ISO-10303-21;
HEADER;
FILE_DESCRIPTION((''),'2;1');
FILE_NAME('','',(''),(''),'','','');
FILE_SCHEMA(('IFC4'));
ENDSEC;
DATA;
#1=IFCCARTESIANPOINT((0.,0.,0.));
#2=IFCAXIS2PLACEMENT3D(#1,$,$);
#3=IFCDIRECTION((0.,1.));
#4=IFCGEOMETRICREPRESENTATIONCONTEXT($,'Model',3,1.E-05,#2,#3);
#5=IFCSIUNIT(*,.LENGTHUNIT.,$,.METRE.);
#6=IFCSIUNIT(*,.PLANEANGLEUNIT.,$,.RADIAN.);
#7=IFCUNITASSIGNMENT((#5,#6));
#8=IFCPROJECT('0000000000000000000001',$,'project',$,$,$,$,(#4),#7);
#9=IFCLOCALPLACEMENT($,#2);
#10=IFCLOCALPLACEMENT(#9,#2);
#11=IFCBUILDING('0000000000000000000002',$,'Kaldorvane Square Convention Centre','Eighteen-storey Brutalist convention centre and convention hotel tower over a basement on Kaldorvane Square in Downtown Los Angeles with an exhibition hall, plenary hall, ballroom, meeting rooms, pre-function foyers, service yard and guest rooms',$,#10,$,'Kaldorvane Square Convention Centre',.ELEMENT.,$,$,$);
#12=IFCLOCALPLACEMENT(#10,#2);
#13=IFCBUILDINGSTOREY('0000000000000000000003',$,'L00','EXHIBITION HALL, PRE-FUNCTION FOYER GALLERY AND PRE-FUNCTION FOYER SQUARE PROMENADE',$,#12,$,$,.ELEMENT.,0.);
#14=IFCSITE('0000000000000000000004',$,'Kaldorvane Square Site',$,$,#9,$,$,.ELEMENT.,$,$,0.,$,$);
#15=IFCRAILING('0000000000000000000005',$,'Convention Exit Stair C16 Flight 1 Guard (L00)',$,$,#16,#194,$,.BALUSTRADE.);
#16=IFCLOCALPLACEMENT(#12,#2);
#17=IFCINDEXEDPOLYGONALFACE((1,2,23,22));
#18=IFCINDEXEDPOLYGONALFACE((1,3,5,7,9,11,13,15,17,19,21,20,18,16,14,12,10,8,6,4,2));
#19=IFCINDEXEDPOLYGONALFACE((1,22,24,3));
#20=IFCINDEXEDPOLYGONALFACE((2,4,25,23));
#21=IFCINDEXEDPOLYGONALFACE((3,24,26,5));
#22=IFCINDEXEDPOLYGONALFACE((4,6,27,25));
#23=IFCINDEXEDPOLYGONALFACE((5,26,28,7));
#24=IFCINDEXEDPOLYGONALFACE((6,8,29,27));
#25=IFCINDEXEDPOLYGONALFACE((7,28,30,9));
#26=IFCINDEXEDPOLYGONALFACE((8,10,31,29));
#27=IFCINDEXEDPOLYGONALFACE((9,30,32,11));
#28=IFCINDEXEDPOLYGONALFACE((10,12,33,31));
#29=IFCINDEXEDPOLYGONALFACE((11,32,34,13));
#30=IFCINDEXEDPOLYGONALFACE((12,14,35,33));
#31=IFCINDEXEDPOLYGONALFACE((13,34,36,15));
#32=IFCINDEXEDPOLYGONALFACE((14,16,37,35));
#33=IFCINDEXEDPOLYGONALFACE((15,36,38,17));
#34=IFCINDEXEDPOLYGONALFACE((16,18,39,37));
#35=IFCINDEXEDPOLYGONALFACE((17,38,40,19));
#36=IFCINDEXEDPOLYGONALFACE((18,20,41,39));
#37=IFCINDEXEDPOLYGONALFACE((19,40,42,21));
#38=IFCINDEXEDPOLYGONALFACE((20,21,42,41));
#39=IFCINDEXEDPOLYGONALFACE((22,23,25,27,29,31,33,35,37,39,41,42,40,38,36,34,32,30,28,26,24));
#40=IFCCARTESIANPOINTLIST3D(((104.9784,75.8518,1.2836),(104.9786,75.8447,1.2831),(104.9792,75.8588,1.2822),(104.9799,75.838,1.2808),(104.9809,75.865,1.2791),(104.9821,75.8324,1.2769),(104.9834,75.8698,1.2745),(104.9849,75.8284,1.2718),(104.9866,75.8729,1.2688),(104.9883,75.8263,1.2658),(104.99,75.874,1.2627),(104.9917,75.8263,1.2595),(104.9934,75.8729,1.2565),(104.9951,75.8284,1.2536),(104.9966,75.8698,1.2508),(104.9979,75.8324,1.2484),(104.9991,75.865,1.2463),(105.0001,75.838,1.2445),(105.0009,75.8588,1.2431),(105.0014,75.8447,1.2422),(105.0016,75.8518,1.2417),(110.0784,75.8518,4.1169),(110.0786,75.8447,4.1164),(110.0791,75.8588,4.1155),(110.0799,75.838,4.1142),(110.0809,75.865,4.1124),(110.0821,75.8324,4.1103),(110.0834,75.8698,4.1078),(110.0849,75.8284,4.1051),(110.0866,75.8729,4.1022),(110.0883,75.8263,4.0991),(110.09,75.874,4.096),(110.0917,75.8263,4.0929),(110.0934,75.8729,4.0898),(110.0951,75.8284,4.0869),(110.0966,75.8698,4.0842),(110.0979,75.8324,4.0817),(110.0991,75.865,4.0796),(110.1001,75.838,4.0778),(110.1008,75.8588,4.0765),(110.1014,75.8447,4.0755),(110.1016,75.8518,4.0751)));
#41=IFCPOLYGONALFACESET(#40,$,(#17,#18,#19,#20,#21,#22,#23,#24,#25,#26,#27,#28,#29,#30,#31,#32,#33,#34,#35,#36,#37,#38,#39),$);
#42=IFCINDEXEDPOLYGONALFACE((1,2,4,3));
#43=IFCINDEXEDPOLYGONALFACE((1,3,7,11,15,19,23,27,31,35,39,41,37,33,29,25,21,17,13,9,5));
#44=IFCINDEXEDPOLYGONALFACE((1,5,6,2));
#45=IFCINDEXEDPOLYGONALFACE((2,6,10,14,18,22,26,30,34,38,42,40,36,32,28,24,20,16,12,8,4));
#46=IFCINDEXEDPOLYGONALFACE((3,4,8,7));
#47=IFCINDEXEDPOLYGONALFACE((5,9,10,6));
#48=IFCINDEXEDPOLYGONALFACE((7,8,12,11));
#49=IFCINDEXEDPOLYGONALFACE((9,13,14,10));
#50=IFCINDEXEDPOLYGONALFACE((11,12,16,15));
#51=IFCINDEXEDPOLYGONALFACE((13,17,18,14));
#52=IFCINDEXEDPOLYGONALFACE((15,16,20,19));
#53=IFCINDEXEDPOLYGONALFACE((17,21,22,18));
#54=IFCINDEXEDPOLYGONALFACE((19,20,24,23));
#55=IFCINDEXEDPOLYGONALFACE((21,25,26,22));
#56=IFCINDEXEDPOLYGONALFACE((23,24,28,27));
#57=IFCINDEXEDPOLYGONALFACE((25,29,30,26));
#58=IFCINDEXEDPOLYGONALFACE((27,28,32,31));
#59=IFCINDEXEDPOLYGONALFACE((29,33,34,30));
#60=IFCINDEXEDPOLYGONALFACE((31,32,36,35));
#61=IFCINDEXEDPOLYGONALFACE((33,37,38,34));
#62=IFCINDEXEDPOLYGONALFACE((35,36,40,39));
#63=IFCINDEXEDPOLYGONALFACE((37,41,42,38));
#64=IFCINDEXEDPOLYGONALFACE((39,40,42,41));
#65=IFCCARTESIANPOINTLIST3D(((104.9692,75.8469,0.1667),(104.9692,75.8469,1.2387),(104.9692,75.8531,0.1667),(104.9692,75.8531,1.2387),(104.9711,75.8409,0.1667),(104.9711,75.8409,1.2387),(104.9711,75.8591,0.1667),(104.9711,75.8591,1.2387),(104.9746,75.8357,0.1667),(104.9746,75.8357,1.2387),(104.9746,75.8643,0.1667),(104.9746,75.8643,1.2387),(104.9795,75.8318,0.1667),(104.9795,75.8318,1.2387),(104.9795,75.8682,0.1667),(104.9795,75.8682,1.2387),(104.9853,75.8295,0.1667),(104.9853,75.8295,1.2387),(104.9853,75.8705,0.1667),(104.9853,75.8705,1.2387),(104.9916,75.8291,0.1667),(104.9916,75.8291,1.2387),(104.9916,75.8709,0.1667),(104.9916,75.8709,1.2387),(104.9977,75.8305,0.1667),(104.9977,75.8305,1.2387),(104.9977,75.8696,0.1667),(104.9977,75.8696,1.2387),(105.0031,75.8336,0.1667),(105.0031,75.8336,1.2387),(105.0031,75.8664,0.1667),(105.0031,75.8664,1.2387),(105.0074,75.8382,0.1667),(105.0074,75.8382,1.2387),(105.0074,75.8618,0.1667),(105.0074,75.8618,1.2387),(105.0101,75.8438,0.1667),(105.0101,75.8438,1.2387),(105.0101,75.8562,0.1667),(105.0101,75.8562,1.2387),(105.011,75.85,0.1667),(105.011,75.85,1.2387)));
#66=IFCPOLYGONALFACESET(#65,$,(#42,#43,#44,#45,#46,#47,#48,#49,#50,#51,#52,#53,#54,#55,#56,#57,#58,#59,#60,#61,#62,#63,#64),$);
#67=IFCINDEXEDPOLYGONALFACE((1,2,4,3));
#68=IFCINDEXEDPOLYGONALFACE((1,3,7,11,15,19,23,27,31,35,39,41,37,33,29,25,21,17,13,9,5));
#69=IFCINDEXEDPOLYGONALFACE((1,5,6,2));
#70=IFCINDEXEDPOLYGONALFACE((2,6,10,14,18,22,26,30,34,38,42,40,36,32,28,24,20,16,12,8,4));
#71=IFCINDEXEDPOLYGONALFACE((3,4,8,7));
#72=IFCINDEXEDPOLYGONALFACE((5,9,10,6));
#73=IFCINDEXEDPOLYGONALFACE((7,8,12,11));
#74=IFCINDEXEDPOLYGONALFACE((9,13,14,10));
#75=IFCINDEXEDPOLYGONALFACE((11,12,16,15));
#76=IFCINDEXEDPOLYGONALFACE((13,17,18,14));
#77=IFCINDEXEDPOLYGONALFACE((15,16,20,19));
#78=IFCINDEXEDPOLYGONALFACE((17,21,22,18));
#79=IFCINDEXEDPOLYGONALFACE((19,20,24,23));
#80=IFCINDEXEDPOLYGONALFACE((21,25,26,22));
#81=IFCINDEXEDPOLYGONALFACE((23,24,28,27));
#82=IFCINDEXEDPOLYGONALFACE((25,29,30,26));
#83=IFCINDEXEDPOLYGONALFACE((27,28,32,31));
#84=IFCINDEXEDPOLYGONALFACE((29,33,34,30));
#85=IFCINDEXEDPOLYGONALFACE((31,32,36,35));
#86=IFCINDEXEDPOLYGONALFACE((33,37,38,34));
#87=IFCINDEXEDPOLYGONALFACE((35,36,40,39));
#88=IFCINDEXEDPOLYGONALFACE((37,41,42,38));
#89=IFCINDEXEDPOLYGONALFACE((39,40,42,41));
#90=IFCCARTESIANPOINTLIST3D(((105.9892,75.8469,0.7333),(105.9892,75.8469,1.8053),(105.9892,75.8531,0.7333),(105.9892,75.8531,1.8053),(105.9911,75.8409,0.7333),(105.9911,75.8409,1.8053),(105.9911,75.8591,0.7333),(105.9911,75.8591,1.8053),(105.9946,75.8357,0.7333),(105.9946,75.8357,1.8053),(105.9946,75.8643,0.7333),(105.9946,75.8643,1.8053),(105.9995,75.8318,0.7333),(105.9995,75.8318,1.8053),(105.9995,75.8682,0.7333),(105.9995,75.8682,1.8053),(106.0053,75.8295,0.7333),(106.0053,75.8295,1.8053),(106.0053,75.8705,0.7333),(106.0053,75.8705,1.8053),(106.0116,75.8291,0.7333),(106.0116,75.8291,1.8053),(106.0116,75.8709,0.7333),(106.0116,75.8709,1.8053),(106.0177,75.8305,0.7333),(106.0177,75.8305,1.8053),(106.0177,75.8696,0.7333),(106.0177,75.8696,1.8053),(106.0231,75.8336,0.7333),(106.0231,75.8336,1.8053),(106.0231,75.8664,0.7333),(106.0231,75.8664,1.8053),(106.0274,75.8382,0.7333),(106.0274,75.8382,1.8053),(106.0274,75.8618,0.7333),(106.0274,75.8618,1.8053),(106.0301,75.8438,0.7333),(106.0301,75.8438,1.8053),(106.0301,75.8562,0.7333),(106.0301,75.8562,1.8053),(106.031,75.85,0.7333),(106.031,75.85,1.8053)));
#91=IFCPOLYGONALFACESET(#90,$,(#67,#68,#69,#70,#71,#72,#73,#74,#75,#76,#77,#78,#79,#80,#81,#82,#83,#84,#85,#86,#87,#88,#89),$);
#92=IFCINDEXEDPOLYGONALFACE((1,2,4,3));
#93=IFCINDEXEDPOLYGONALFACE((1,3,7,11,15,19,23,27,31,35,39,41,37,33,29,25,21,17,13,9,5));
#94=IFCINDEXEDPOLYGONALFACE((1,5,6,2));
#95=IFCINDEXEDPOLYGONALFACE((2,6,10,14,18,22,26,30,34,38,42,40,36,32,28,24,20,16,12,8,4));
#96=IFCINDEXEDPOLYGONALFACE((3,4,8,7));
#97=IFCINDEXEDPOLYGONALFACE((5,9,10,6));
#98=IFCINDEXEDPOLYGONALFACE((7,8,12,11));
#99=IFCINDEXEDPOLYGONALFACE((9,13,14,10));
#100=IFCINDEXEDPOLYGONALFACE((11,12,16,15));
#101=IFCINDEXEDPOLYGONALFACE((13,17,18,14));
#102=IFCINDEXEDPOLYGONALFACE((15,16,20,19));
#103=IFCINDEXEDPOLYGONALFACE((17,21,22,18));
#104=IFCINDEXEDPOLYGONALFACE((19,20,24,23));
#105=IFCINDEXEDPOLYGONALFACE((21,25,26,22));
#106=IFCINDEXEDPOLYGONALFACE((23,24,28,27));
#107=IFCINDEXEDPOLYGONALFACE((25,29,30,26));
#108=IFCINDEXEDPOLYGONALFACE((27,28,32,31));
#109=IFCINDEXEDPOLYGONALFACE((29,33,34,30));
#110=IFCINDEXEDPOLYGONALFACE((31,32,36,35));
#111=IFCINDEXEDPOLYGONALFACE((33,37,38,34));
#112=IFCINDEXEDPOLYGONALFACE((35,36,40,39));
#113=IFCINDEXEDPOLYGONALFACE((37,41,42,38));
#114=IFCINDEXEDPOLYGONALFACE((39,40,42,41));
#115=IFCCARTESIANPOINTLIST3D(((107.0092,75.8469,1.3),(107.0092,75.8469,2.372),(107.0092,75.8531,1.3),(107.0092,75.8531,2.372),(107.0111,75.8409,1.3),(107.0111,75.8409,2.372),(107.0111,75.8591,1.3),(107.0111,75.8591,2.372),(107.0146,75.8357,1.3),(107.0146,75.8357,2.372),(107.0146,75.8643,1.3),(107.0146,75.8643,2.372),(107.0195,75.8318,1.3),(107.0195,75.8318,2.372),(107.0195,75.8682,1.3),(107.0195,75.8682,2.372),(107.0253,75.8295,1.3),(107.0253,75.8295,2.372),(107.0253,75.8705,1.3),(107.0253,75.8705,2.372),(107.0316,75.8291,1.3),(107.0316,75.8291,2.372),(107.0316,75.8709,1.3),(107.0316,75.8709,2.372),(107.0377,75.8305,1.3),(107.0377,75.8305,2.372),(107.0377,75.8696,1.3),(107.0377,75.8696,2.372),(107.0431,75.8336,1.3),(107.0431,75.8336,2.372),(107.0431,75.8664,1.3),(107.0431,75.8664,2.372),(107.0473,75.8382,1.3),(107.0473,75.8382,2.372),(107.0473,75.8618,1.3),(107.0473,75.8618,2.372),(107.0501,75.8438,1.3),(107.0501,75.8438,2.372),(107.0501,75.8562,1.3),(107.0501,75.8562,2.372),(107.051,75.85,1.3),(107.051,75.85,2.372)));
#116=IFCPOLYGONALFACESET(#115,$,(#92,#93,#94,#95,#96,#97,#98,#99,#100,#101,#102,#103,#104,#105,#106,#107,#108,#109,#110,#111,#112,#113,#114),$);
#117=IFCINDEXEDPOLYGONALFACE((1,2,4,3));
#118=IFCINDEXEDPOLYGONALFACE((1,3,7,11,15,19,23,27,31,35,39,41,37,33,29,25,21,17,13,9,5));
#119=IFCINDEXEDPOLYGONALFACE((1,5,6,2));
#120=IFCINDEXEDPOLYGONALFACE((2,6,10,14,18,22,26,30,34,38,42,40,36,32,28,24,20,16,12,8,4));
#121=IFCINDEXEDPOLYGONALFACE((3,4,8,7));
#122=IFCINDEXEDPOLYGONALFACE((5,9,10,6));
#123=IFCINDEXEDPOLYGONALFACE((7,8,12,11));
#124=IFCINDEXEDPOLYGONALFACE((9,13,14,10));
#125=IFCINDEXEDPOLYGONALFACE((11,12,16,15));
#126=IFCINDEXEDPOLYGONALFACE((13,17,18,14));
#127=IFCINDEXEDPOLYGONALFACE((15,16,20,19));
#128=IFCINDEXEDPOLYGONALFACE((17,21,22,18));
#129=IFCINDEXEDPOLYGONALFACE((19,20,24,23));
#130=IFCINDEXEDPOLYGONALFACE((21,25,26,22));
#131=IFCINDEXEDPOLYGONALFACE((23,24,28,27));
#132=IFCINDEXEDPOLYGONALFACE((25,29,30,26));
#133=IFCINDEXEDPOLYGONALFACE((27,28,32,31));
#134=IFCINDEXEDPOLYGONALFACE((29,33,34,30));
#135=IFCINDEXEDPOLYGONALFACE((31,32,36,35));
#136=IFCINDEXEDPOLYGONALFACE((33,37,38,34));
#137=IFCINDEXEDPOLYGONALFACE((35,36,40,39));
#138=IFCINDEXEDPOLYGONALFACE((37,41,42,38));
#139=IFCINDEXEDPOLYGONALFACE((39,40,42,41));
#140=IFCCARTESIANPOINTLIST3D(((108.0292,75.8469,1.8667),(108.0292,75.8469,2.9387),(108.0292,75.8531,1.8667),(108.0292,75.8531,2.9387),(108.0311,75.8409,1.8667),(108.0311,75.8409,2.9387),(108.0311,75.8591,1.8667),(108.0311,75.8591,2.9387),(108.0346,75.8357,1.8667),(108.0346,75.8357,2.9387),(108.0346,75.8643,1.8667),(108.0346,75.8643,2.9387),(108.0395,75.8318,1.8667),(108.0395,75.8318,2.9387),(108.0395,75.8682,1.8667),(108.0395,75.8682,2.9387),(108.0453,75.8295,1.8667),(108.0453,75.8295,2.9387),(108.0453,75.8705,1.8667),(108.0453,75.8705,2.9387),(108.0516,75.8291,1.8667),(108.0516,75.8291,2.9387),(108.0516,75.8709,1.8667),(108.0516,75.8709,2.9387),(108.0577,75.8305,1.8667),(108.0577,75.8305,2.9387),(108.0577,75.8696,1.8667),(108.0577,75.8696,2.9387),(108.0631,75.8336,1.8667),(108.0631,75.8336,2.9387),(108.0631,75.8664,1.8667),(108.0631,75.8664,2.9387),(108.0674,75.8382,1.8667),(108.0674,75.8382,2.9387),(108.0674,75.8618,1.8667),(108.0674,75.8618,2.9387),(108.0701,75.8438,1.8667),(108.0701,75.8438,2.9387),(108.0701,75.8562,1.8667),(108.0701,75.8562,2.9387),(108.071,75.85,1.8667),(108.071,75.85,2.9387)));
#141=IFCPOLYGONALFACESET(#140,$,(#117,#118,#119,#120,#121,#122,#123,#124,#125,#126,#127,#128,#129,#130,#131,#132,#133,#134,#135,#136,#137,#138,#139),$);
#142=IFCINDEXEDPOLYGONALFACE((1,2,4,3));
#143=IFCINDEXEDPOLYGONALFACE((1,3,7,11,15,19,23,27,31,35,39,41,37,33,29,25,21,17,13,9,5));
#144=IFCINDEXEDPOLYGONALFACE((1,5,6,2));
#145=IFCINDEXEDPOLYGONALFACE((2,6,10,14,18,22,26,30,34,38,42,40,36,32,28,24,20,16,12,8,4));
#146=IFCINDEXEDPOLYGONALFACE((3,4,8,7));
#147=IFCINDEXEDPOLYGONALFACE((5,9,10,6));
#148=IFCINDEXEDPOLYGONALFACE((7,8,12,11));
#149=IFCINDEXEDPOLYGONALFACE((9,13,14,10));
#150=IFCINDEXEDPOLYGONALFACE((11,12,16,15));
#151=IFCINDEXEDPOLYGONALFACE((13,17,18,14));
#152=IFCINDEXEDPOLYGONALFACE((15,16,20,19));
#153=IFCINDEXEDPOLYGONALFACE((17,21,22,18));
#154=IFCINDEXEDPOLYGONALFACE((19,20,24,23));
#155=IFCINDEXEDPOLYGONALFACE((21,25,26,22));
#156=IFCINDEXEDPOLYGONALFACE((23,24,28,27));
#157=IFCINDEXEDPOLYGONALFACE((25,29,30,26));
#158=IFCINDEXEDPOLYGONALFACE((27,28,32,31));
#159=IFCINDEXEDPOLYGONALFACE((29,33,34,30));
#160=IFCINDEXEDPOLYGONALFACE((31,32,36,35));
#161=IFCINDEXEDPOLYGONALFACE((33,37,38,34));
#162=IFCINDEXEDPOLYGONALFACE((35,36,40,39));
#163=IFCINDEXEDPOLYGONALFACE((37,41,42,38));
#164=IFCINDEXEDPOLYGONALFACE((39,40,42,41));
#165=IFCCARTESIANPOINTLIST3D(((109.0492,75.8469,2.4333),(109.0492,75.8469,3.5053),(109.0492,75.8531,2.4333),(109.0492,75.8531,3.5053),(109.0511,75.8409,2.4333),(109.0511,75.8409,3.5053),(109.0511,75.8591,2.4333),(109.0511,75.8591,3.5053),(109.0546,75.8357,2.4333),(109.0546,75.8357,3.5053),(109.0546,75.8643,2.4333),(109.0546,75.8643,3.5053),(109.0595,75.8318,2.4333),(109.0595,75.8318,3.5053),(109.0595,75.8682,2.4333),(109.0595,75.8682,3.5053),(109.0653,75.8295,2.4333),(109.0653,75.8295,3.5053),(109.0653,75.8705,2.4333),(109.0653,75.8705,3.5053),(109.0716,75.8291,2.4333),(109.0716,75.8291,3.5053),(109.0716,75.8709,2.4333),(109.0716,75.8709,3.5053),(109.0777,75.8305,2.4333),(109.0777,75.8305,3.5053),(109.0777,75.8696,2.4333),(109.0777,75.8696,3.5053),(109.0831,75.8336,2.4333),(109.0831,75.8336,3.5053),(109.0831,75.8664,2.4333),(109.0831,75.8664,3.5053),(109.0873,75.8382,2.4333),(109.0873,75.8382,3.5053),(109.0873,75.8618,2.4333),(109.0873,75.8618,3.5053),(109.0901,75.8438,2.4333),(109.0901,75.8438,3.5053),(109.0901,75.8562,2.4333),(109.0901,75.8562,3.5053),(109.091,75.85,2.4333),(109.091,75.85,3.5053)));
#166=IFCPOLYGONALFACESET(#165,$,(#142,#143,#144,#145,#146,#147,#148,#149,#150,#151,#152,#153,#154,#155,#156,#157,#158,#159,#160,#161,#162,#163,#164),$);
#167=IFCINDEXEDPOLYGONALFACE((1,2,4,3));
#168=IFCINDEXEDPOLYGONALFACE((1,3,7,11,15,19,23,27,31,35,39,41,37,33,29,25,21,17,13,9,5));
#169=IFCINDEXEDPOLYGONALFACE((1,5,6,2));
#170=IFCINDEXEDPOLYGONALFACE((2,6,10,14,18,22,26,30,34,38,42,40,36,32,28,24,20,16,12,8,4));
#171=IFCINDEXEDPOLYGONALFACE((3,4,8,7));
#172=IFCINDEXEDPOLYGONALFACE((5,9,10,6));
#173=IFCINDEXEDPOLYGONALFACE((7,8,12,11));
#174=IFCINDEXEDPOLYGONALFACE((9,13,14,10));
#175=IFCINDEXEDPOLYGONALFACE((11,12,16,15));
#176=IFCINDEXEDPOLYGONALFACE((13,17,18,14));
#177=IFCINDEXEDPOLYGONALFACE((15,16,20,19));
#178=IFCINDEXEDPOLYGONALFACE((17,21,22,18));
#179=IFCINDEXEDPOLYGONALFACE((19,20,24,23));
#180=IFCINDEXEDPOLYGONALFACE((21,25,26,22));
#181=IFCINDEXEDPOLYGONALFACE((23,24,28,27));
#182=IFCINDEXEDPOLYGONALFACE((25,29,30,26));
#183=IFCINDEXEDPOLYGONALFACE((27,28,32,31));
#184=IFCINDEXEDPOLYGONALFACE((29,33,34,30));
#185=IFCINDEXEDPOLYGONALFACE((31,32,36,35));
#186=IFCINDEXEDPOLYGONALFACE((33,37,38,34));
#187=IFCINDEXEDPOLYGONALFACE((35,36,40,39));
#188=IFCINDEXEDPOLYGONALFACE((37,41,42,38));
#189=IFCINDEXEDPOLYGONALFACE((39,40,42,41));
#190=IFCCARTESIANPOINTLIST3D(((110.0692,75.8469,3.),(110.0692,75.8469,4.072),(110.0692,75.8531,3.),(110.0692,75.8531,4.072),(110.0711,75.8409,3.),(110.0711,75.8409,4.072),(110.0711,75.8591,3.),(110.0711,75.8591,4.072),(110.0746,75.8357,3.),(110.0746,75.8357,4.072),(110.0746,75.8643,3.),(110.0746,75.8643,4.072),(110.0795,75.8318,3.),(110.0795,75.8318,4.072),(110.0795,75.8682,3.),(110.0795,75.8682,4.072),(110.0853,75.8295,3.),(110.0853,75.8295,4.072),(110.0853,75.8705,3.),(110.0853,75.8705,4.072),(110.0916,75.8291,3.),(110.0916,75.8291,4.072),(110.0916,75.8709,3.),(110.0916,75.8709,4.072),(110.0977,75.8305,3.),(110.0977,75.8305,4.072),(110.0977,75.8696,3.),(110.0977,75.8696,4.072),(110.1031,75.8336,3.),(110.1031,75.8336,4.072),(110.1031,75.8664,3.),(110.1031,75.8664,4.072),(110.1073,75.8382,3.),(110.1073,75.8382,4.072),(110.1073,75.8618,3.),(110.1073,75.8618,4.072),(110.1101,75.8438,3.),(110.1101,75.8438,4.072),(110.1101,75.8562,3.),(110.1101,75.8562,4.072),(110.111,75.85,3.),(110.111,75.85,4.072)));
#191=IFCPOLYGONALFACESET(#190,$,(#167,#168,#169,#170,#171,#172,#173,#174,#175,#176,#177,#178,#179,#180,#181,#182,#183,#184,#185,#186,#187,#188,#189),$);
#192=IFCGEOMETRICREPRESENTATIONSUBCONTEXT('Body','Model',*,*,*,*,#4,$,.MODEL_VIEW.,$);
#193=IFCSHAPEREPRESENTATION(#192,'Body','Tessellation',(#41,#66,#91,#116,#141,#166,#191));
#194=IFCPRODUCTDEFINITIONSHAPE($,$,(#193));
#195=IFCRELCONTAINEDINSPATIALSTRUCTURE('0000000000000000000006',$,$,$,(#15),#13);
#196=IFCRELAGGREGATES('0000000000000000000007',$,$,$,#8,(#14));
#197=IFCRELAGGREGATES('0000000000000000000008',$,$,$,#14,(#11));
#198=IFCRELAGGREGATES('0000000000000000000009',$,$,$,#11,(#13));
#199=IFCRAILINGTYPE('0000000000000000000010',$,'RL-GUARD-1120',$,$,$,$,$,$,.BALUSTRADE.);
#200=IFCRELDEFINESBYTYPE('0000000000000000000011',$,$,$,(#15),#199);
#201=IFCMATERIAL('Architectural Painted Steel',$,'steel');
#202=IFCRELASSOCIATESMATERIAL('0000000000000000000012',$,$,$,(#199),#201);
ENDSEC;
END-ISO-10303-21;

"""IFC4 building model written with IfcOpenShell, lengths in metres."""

from ifc_helpers import new_model, si_unit, direction, frame, origin, origin_2d, place, context, subcontext, project, spatial, circle, extrude, material, type_object, element, save


model = new_model("IFC4")

# Units and contexts
model_context = context("Model", 3, precision=1e-05, world=origin(), true_north=direction((0.0, 1.0)))
body_context = subcontext(model_context, "Body", "Model", "MODEL_VIEW")
ifc_project = project(units=[si_unit("LENGTHUNIT", "METRE"), si_unit("PLANEANGLEUNIT", "RADIAN")], contexts=[model_context])

# Site, building, storey
site_placement = place(None, origin())
site = spatial("IfcSite", under=ifc_project, at=site_placement, Name="Kaldorvane Square Site", CompositionType="ELEMENT", RefElevation=0.0)
building_placement = place(site_placement, origin())
building = spatial("IfcBuilding", under=site, at=building_placement, Name="Kaldorvane Square Convention Centre", Description="Eighteen-storey Brutalist convention centre and convention hotel tower over a basement on Kaldorvane Square in Downtown Los Angeles with an exhibition hall, plenary hall, ballroom, meeting rooms, pre-function foyers, service yard and guest rooms", LongName="Kaldorvane Square Convention Centre", CompositionType="ELEMENT")
storey_placement = place(building_placement, origin())
storey = spatial("IfcBuildingStorey", under=building, at=storey_placement, Name="L00", Description="EXHIBITION HALL, PRE-FUNCTION FOYER GALLERY AND PRE-FUNCTION FOYER SQUARE PROMENADE", CompositionType="ELEMENT", Elevation=0.0)

# Railing
ifc_material_1 = material(Name="Architectural Painted Steel", Category="steel")
railing_type_1 = type_object("IfcRailingType", Name="RL-GUARD-1120", PredefinedType="BALUSTRADE", material=ifc_material_1)
railing_1_placement = place(storey_placement, frame((104.99, 75.85, 0.1667)))
element("IfcRailing", 1, at=railing_1_placement, inside=storey, type_object=railing_type_1, Name="Convention Exit Stair C16 Flight 1 Guard (L00)", PredefinedType="BALUSTRADE", context=body_context, shape_type="SweptSolid", body=[
    extrude(circle(Radius=0.024, at=origin_2d()), frame((0.0, 0.0, 1.096), z_axis=(0.874157, 0.0, 0.485643), x_axis=(0.0, 1.0, 0.0)), (0.0, 0.0, 1.0), 5.8342),
    extrude(circle(Radius=0.021, at=origin_2d()), origin(), (0.0, 0.0, 1.0), 1.072),
    extrude(circle(Radius=0.021, at=origin_2d()), frame((1.02, 0.0, 0.5667)), (0.0, 0.0, 1.0), 1.072),
    extrude(circle(Radius=0.021, at=origin_2d()), frame((2.04, 0.0, 1.1333)), (0.0, 0.0, 1.0), 1.072),
    extrude(circle(Radius=0.021, at=origin_2d()), frame((3.06, 0.0, 1.7)), (0.0, 0.0, 1.0), 1.072),
    extrude(circle(Radius=0.021, at=origin_2d()), frame((4.08, 0.0, 2.2667)), (0.0, 0.0, 1.0), 1.072),
    extrude(circle(Radius=0.021, at=origin_2d()), frame((5.1, 0.0, 2.8333)), (0.0, 0.0, 1.0), 1.072),
])

save(model, "model.ifc")
